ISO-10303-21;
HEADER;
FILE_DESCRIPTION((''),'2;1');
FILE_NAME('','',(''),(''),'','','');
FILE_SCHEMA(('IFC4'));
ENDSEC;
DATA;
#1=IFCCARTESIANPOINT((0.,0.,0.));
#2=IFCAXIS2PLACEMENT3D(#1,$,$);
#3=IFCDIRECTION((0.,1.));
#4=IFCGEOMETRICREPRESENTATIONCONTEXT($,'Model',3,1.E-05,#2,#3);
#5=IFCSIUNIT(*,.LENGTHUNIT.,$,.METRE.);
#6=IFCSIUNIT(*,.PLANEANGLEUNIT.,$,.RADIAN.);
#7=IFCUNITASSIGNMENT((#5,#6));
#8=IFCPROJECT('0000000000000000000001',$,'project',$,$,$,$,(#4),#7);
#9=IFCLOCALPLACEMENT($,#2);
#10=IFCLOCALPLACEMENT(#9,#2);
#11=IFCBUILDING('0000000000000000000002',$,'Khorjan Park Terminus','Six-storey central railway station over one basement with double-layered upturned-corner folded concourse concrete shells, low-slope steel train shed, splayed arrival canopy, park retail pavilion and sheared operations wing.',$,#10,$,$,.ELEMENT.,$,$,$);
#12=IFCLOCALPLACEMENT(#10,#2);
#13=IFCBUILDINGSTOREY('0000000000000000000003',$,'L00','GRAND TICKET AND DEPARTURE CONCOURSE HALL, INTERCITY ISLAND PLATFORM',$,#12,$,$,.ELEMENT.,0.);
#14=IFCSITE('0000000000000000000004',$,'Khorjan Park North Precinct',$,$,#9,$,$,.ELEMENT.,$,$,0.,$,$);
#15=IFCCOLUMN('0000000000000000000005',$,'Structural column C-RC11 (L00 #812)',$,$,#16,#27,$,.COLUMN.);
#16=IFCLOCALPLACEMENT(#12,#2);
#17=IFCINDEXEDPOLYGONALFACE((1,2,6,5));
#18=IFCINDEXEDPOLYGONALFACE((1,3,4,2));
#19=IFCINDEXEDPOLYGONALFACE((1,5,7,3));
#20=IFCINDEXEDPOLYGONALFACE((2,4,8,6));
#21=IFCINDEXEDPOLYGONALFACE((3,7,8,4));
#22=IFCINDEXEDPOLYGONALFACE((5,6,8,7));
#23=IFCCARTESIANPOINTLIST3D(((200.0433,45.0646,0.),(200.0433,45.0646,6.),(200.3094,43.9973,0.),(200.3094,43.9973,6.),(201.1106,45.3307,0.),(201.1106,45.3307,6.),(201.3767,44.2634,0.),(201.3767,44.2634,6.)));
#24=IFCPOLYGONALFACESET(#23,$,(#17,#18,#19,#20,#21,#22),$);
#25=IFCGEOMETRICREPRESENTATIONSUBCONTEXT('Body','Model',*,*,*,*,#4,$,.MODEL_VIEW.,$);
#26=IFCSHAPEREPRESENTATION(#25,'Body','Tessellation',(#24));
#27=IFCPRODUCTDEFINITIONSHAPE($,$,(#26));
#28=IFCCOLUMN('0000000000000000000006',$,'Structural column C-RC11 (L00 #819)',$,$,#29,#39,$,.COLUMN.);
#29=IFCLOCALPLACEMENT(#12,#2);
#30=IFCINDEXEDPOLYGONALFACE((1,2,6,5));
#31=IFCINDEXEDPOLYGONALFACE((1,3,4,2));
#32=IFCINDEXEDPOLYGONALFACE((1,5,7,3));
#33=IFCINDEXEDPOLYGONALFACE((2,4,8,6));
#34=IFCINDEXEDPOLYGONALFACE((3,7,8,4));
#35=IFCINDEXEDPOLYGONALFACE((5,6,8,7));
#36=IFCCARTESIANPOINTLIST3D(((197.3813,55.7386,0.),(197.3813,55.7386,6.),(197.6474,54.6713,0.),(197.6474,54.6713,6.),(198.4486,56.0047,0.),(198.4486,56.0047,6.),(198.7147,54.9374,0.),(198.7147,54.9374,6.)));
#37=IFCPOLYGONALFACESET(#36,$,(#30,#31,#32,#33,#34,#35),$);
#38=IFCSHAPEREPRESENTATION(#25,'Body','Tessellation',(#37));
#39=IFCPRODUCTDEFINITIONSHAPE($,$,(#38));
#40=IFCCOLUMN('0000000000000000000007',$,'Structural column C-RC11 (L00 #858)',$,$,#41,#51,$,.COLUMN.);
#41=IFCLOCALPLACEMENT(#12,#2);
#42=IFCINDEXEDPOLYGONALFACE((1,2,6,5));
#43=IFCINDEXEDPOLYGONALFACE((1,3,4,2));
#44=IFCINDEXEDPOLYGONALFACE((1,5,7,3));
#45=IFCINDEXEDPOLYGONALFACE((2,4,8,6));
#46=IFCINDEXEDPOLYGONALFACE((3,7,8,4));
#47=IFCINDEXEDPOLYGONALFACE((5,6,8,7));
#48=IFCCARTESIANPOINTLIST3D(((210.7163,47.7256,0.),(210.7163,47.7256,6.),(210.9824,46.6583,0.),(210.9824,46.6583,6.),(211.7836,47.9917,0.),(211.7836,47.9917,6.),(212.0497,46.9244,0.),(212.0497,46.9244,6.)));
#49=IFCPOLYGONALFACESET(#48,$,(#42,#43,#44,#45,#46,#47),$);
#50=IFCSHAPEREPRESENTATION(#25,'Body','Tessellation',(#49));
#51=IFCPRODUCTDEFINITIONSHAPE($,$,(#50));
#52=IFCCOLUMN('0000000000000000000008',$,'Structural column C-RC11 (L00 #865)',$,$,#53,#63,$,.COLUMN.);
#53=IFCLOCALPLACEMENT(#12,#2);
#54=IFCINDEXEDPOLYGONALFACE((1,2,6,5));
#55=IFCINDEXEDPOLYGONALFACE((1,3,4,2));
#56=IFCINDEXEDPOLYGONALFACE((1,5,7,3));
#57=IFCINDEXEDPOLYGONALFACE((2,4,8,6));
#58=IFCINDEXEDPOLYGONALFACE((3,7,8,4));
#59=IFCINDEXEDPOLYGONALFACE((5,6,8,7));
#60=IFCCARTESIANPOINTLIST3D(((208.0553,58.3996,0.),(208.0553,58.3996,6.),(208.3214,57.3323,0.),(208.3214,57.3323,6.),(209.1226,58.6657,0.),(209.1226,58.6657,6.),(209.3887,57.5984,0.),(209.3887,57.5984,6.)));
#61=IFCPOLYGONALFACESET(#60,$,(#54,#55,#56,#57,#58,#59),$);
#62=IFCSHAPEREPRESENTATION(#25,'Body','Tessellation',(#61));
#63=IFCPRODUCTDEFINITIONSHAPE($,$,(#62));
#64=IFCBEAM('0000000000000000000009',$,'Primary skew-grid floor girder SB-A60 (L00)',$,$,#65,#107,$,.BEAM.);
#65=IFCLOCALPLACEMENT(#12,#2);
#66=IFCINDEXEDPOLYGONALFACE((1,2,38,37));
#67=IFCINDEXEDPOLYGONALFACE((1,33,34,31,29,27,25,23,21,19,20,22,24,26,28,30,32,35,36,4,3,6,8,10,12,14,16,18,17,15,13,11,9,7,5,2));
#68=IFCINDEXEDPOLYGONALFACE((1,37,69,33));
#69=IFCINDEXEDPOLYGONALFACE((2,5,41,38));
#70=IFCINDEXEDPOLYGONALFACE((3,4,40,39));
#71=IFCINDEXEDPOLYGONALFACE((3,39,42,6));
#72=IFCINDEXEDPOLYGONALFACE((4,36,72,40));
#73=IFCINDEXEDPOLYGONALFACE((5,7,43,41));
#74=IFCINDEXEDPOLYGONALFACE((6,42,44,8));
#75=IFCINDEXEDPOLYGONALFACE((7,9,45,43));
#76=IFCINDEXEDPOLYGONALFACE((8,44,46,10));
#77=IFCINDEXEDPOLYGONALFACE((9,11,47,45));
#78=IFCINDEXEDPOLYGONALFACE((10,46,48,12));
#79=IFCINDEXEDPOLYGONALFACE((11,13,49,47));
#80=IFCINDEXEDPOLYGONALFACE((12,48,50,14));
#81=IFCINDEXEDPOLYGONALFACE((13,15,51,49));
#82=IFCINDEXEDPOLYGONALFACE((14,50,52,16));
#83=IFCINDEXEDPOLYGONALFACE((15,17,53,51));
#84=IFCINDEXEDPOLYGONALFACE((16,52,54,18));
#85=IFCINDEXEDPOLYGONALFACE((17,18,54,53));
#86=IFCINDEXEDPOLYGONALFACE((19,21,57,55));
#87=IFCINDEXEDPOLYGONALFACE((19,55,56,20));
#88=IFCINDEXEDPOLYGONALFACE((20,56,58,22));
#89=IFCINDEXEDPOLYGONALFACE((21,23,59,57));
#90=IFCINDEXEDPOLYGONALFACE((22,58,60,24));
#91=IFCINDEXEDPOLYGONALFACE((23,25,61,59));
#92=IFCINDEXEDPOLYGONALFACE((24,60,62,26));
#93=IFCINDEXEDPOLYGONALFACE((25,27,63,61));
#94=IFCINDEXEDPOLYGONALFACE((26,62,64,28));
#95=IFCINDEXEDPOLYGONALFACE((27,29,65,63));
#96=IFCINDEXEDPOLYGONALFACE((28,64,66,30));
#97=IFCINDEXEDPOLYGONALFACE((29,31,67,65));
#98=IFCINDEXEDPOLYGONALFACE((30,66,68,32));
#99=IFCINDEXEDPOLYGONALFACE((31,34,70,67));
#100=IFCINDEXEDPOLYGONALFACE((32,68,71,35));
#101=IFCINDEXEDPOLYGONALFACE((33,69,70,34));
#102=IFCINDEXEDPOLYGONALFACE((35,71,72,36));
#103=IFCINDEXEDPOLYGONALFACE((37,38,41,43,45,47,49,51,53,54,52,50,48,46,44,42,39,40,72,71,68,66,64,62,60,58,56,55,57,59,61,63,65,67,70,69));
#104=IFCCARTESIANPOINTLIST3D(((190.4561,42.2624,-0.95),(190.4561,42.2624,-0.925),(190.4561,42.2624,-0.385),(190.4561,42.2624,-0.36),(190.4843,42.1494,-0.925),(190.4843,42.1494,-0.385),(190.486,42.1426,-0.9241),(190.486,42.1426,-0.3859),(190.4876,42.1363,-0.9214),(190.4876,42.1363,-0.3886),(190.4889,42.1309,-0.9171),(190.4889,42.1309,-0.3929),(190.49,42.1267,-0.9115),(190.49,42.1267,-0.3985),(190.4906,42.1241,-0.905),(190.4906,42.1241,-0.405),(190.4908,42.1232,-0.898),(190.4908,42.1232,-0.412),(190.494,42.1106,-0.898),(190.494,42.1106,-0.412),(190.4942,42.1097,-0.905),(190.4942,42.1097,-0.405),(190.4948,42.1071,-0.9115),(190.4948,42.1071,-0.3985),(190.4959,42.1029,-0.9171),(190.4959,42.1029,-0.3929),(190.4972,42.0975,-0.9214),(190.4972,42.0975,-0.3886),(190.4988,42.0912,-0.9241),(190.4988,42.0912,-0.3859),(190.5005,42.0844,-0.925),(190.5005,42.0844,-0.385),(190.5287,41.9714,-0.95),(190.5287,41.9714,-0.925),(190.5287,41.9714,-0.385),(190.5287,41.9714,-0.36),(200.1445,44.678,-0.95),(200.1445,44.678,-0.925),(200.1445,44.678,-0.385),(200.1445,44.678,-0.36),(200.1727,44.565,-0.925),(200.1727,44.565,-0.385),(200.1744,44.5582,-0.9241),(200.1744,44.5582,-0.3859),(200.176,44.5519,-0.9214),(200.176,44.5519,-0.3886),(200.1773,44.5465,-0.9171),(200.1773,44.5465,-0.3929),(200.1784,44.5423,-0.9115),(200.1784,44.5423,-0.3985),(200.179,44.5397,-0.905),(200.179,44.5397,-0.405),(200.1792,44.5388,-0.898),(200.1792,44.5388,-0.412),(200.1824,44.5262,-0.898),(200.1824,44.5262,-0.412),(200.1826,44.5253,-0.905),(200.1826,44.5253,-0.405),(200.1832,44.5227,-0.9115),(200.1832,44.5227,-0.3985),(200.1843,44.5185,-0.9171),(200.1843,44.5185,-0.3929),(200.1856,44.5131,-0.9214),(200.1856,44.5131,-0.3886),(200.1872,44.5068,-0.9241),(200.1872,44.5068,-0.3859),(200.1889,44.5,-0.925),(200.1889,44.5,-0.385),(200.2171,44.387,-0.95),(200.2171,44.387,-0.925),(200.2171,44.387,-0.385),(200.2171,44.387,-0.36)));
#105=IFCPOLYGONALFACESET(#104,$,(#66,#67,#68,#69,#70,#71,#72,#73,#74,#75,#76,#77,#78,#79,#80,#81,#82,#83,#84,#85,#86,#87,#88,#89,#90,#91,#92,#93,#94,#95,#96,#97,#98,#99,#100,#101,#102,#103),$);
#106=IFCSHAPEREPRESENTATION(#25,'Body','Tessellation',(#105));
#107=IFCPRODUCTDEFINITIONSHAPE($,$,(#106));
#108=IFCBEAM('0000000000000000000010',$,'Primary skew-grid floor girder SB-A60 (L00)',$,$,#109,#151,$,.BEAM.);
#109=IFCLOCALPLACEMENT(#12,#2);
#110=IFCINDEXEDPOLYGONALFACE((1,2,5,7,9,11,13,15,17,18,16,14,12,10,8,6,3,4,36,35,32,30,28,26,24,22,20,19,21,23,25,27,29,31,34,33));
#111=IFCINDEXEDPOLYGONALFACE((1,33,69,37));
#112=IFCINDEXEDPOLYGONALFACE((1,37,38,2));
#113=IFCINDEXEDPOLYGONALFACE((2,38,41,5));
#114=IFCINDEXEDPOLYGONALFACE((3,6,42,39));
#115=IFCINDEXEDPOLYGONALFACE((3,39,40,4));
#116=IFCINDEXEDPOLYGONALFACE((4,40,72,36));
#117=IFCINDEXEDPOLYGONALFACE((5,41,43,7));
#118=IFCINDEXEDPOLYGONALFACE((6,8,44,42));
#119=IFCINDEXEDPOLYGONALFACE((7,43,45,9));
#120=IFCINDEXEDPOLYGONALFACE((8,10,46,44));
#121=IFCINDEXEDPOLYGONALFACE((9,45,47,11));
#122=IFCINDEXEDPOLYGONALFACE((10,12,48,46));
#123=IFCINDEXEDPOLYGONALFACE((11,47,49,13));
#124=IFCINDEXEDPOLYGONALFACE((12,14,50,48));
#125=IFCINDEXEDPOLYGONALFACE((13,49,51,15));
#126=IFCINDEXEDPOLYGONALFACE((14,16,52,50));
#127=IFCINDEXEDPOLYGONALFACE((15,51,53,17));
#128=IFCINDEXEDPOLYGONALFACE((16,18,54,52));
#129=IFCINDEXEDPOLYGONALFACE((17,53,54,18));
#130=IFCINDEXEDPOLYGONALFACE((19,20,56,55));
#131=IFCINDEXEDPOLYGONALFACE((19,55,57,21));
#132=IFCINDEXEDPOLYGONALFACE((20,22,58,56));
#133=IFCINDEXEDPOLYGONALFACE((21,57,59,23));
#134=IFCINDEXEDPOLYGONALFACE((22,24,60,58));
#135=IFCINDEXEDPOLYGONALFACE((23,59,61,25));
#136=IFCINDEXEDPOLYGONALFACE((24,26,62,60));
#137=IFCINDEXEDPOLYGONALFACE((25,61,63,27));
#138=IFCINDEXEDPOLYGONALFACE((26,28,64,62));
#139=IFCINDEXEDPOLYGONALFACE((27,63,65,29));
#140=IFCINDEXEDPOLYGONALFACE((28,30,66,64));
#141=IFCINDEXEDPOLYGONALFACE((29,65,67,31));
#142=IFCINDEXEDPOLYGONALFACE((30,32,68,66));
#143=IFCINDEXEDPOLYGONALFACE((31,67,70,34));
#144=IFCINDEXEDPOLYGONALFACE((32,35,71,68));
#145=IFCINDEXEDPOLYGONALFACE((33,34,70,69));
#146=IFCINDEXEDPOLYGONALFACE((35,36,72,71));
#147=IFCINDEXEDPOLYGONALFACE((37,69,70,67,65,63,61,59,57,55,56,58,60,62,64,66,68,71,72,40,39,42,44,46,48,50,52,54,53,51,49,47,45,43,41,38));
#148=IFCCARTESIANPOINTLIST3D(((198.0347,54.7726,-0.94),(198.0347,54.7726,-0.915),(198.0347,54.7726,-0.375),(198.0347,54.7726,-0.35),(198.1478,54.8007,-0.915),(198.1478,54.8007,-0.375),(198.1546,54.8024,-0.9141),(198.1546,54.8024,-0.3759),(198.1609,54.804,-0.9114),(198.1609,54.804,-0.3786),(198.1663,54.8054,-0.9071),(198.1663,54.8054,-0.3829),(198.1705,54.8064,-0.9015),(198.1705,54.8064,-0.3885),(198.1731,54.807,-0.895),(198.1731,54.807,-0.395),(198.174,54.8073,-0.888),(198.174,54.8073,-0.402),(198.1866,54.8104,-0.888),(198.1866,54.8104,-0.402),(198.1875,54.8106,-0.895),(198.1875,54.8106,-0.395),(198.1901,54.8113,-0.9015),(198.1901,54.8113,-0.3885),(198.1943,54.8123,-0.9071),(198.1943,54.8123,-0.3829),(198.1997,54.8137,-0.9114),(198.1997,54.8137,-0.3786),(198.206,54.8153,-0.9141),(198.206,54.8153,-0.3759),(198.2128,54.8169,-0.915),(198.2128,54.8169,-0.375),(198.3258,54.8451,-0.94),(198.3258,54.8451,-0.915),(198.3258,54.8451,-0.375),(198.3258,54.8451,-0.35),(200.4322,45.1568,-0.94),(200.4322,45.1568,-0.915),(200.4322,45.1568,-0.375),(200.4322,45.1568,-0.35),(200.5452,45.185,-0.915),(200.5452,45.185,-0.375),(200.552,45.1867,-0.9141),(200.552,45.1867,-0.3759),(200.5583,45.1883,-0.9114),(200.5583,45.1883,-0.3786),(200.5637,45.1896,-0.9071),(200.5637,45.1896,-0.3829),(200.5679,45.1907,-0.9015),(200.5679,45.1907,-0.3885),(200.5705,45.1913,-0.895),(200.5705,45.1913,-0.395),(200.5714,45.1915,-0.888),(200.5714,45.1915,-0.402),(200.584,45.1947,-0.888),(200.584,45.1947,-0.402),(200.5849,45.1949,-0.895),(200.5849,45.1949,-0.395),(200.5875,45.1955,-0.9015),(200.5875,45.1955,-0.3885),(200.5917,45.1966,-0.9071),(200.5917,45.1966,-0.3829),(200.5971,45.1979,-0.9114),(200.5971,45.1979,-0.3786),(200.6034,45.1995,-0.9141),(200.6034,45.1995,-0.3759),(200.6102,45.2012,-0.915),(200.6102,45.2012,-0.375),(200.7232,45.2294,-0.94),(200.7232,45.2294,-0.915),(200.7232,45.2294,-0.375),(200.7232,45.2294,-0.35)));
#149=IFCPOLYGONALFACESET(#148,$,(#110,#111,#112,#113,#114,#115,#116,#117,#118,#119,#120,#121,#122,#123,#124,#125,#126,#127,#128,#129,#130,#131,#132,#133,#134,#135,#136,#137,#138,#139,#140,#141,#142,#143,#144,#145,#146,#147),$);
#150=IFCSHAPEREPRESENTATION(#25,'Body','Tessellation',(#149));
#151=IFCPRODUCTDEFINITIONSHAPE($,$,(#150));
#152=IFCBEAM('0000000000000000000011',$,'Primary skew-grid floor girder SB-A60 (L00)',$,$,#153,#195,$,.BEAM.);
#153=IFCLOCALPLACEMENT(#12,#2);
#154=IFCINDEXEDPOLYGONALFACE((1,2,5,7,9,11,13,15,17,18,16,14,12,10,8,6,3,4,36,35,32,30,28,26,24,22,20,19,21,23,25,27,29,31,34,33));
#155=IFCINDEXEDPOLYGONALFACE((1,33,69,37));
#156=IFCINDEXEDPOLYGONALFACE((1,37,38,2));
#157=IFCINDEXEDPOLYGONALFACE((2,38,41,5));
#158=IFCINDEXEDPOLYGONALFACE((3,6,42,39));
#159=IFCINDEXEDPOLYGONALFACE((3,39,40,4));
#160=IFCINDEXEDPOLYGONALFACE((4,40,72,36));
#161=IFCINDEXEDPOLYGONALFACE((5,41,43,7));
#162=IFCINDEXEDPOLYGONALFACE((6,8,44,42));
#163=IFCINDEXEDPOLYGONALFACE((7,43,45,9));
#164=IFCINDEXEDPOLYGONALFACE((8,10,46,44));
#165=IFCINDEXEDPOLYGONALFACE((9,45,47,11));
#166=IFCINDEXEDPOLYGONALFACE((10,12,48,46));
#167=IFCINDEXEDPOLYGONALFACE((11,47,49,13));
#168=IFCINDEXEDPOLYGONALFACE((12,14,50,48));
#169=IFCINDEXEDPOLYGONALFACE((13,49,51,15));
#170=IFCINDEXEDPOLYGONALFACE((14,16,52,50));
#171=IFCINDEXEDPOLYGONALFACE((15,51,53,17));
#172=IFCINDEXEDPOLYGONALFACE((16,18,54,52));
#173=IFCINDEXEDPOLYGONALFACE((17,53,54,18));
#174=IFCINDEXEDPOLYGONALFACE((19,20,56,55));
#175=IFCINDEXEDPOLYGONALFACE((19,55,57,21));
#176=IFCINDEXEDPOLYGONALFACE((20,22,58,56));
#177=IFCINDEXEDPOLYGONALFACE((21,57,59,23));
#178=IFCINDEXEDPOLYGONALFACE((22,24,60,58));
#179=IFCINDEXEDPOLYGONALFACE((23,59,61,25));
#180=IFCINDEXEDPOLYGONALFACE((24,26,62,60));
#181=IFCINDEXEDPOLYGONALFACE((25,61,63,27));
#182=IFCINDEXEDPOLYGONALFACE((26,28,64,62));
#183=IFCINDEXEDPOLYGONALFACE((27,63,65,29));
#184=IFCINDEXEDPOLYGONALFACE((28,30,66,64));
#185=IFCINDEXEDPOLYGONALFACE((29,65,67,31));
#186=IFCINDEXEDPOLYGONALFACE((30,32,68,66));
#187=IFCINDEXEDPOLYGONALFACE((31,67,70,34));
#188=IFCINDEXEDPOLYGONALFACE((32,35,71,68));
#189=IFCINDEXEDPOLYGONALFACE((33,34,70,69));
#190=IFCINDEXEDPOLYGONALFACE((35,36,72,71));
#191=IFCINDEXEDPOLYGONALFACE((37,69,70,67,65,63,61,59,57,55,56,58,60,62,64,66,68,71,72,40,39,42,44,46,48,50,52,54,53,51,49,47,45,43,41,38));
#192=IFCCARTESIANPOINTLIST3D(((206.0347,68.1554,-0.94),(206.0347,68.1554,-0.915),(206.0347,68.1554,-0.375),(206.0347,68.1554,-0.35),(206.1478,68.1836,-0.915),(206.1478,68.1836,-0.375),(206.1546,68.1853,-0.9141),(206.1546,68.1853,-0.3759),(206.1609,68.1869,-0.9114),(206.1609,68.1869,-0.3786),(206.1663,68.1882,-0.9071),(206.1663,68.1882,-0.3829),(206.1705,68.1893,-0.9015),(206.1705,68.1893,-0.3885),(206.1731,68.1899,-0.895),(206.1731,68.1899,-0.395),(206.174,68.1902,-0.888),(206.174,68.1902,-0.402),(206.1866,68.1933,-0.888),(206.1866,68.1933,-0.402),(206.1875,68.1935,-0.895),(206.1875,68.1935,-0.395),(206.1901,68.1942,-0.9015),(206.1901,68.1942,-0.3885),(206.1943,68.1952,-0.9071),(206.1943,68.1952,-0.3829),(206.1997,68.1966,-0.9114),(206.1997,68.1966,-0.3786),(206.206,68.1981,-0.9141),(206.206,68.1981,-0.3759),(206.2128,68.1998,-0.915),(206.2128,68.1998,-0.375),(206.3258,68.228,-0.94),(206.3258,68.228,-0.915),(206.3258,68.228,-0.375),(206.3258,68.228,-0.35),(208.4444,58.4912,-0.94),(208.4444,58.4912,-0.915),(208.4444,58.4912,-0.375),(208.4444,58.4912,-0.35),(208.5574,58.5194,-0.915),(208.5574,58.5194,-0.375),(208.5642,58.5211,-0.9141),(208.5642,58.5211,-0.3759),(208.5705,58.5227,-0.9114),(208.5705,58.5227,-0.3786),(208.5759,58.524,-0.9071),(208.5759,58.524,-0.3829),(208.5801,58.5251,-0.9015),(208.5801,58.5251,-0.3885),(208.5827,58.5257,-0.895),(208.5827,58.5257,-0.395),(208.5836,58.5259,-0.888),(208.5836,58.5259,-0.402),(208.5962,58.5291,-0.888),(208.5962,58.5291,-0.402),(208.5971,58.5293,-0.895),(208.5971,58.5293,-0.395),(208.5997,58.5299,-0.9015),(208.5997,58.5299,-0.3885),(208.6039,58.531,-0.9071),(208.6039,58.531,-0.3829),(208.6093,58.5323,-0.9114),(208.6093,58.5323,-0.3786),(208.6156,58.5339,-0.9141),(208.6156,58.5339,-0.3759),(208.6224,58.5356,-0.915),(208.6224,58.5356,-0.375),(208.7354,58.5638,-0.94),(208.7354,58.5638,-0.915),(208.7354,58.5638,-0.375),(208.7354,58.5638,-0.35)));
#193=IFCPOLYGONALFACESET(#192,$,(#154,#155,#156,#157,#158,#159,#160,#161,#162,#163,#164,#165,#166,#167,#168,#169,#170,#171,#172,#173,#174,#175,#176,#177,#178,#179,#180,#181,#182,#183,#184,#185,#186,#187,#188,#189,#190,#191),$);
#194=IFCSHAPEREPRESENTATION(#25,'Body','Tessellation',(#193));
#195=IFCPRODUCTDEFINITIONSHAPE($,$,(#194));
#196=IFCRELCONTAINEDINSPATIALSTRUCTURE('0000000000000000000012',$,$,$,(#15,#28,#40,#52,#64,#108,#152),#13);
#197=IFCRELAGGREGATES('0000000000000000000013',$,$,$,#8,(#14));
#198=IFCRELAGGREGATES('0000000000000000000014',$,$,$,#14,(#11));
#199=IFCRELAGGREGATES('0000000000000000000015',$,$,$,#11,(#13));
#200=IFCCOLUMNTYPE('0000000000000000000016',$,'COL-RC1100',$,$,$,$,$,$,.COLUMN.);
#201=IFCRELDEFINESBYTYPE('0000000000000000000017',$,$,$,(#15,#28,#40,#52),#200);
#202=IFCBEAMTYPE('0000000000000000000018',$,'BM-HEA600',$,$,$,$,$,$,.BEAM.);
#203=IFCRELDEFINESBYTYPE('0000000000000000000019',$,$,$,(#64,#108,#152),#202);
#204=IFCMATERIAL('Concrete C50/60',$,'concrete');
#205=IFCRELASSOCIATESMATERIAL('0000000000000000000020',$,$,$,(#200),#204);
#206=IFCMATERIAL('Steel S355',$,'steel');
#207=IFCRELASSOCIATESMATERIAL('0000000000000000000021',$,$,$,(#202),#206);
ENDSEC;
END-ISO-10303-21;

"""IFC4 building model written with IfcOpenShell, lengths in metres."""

from ifc_helpers import new_model, si_unit, direction, frame, origin, origin_2d, place, context, subcontext, project, spatial, rectangle, i_section, extrude, material, material_profile, profile_set, type_object, element, save


model = new_model("IFC4")

# Units and contexts
model_context = context("Model", 3, precision=1e-05, world=origin(), true_north=direction((0.0, 1.0)))
body_context = subcontext(model_context, "Body", "Model", "MODEL_VIEW")
ifc_project = project(units=[si_unit("LENGTHUNIT", "METRE"), si_unit("PLANEANGLEUNIT", "RADIAN")], contexts=[model_context])

# Site, building, storey
site_placement = place(None, origin())
site = spatial("IfcSite", under=ifc_project, at=site_placement, Name="Khorjan Park North Precinct", CompositionType="ELEMENT", RefElevation=0.0)
building_placement = place(site_placement, origin())
building = spatial("IfcBuilding", under=site, at=building_placement, Name="Khorjan Park Terminus", Description="Six-storey central railway station over one basement with double-layered upturned-corner folded concourse concrete shells, low-slope steel train shed, splayed arrival canopy, park retail pavilion and sheared operations wing.", CompositionType="ELEMENT")
storey_placement = place(building_placement, origin())
storey = spatial("IfcBuildingStorey", under=building, at=storey_placement, Name="L00", Description="GRAND TICKET AND DEPARTURE CONCOURSE HALL, INTERCITY ISLAND PLATFORM", CompositionType="ELEMENT", Elevation=0.0)

# Columns
ifc_material_1 = material(Name="Concrete C50/60", Category="concrete")
ifc_material_profile_1 = material_profile(ifc_material_1, rectangle(XDim=1.1, YDim=1.1, at=origin_2d()), Name="RC 1100x1100")
ifc_profile_set_1 = profile_set([ifc_material_profile_1], Name="Concrete C50/60")
column_type = type_object("IfcColumnType", Name="COL-RC1100", PredefinedType="COLUMN", material=ifc_profile_set_1)
for number, where, z_axis, x_axis, name in (
    (1, (200.71, 44.664, 0.0), (0.0, 0.0, 1.0), (0.970296, 0.241922, 0.0), "Structural column C-RC11 (L00 #812)"),
    (2, (198.048, 55.338, 0.0), (0.0, 0.0, 1.0), (0.970296, 0.241922, 0.0), "Structural column C-RC11 (L00 #819)"),
    (3, (211.383, 47.325, 0.0), (0.0, 0.0, 1.0), (0.970296, 0.241922, 0.0), "Structural column C-RC11 (L00 #858)"),
    (4, (208.722, 57.999, 0.0), (0.0, 0.0, 1.0), (0.970296, 0.241922, 0.0), "Structural column C-RC11 (L00 #865)"),
):
    element("IfcColumn", number, at=place(storey_placement, frame(where, z_axis=z_axis, x_axis=x_axis)), inside=storey, type_object=column_type, Name=name, PredefinedType="COLUMN", context=body_context, shape_type="SweptSolid", body=[
        extrude(rectangle(XDim=1.1, YDim=1.1, at=origin_2d()), origin(), (0.0, 0.0, 1.0), 6.0),
    ])

# Beams
ifc_material_2 = material(Name="Steel S355", Category="steel")
ifc_material_profile_2 = material_profile(ifc_material_2, i_section(OverallWidth=0.3, OverallDepth=0.59, WebThickness=0.013, FlangeThickness=0.025, FilletRadius=0.027, at=origin_2d()), Name="HEA 600")
ifc_profile_set_2 = profile_set([ifc_material_profile_2], Name="Steel S355")
beam_type_1 = type_object("IfcBeamType", Name="BM-HEA600", PredefinedType="BEAM", material=ifc_profile_set_2)
beam_1_placement = place(storey_placement, frame((190.4924, 42.1169, -0.655), z_axis=(0.970295, 0.241923, 0.0), x_axis=(-0.241923, 0.970295, 0.0)))
element("IfcBeam", 5, at=beam_1_placement, inside=storey, type_object=beam_type_1, Name="Primary skew-grid floor girder SB-A60 (L00)", PredefinedType="BEAM", context=body_context, shape_type="SweptSolid", body=[
    extrude(i_section(OverallWidth=0.3, OverallDepth=0.59, WebThickness=0.013, FlangeThickness=0.025, FilletRadius=0.027, at=origin_2d()), origin(), (0.0, 0.0, 1.0), 9.985),
])
beam_2_placement = place(storey_placement, frame((200.5777, 45.1931, -0.645), z_axis=(-0.241916, 0.970297, 0.0), x_axis=(-0.970297, -0.241916, 0.0)))
element("IfcBeam", 6, at=beam_2_placement, inside=storey, type_object=beam_type_1, Name="Primary skew-grid floor girder SB-A60 (L00)", PredefinedType="BEAM", context=body_context, shape_type="SweptSolid", body=[
    extrude(i_section(OverallWidth=0.3, OverallDepth=0.59, WebThickness=0.013, FlangeThickness=0.025, FilletRadius=0.027, at=origin_2d()), origin(), (0.0, 0.0, 1.0), 9.9101),
])
beam_3_placement = place(storey_placement, frame((208.5899, 58.5275, -0.645), z_axis=(-0.241926, 0.970295, 0.0), x_axis=(-0.970295, -0.241926, 0.0)))
element("IfcBeam", 7, at=beam_3_placement, inside=storey, type_object=beam_type_1, Name="Primary skew-grid floor girder SB-A60 (L00)", PredefinedType="BEAM", context=body_context, shape_type="SweptSolid", body=[
    extrude(i_section(OverallWidth=0.3, OverallDepth=0.59, WebThickness=0.013, FlangeThickness=0.025, FilletRadius=0.027, at=origin_2d()), origin(), (0.0, 0.0, 1.0), 9.9601),
])

save(model, "model.ifc")
